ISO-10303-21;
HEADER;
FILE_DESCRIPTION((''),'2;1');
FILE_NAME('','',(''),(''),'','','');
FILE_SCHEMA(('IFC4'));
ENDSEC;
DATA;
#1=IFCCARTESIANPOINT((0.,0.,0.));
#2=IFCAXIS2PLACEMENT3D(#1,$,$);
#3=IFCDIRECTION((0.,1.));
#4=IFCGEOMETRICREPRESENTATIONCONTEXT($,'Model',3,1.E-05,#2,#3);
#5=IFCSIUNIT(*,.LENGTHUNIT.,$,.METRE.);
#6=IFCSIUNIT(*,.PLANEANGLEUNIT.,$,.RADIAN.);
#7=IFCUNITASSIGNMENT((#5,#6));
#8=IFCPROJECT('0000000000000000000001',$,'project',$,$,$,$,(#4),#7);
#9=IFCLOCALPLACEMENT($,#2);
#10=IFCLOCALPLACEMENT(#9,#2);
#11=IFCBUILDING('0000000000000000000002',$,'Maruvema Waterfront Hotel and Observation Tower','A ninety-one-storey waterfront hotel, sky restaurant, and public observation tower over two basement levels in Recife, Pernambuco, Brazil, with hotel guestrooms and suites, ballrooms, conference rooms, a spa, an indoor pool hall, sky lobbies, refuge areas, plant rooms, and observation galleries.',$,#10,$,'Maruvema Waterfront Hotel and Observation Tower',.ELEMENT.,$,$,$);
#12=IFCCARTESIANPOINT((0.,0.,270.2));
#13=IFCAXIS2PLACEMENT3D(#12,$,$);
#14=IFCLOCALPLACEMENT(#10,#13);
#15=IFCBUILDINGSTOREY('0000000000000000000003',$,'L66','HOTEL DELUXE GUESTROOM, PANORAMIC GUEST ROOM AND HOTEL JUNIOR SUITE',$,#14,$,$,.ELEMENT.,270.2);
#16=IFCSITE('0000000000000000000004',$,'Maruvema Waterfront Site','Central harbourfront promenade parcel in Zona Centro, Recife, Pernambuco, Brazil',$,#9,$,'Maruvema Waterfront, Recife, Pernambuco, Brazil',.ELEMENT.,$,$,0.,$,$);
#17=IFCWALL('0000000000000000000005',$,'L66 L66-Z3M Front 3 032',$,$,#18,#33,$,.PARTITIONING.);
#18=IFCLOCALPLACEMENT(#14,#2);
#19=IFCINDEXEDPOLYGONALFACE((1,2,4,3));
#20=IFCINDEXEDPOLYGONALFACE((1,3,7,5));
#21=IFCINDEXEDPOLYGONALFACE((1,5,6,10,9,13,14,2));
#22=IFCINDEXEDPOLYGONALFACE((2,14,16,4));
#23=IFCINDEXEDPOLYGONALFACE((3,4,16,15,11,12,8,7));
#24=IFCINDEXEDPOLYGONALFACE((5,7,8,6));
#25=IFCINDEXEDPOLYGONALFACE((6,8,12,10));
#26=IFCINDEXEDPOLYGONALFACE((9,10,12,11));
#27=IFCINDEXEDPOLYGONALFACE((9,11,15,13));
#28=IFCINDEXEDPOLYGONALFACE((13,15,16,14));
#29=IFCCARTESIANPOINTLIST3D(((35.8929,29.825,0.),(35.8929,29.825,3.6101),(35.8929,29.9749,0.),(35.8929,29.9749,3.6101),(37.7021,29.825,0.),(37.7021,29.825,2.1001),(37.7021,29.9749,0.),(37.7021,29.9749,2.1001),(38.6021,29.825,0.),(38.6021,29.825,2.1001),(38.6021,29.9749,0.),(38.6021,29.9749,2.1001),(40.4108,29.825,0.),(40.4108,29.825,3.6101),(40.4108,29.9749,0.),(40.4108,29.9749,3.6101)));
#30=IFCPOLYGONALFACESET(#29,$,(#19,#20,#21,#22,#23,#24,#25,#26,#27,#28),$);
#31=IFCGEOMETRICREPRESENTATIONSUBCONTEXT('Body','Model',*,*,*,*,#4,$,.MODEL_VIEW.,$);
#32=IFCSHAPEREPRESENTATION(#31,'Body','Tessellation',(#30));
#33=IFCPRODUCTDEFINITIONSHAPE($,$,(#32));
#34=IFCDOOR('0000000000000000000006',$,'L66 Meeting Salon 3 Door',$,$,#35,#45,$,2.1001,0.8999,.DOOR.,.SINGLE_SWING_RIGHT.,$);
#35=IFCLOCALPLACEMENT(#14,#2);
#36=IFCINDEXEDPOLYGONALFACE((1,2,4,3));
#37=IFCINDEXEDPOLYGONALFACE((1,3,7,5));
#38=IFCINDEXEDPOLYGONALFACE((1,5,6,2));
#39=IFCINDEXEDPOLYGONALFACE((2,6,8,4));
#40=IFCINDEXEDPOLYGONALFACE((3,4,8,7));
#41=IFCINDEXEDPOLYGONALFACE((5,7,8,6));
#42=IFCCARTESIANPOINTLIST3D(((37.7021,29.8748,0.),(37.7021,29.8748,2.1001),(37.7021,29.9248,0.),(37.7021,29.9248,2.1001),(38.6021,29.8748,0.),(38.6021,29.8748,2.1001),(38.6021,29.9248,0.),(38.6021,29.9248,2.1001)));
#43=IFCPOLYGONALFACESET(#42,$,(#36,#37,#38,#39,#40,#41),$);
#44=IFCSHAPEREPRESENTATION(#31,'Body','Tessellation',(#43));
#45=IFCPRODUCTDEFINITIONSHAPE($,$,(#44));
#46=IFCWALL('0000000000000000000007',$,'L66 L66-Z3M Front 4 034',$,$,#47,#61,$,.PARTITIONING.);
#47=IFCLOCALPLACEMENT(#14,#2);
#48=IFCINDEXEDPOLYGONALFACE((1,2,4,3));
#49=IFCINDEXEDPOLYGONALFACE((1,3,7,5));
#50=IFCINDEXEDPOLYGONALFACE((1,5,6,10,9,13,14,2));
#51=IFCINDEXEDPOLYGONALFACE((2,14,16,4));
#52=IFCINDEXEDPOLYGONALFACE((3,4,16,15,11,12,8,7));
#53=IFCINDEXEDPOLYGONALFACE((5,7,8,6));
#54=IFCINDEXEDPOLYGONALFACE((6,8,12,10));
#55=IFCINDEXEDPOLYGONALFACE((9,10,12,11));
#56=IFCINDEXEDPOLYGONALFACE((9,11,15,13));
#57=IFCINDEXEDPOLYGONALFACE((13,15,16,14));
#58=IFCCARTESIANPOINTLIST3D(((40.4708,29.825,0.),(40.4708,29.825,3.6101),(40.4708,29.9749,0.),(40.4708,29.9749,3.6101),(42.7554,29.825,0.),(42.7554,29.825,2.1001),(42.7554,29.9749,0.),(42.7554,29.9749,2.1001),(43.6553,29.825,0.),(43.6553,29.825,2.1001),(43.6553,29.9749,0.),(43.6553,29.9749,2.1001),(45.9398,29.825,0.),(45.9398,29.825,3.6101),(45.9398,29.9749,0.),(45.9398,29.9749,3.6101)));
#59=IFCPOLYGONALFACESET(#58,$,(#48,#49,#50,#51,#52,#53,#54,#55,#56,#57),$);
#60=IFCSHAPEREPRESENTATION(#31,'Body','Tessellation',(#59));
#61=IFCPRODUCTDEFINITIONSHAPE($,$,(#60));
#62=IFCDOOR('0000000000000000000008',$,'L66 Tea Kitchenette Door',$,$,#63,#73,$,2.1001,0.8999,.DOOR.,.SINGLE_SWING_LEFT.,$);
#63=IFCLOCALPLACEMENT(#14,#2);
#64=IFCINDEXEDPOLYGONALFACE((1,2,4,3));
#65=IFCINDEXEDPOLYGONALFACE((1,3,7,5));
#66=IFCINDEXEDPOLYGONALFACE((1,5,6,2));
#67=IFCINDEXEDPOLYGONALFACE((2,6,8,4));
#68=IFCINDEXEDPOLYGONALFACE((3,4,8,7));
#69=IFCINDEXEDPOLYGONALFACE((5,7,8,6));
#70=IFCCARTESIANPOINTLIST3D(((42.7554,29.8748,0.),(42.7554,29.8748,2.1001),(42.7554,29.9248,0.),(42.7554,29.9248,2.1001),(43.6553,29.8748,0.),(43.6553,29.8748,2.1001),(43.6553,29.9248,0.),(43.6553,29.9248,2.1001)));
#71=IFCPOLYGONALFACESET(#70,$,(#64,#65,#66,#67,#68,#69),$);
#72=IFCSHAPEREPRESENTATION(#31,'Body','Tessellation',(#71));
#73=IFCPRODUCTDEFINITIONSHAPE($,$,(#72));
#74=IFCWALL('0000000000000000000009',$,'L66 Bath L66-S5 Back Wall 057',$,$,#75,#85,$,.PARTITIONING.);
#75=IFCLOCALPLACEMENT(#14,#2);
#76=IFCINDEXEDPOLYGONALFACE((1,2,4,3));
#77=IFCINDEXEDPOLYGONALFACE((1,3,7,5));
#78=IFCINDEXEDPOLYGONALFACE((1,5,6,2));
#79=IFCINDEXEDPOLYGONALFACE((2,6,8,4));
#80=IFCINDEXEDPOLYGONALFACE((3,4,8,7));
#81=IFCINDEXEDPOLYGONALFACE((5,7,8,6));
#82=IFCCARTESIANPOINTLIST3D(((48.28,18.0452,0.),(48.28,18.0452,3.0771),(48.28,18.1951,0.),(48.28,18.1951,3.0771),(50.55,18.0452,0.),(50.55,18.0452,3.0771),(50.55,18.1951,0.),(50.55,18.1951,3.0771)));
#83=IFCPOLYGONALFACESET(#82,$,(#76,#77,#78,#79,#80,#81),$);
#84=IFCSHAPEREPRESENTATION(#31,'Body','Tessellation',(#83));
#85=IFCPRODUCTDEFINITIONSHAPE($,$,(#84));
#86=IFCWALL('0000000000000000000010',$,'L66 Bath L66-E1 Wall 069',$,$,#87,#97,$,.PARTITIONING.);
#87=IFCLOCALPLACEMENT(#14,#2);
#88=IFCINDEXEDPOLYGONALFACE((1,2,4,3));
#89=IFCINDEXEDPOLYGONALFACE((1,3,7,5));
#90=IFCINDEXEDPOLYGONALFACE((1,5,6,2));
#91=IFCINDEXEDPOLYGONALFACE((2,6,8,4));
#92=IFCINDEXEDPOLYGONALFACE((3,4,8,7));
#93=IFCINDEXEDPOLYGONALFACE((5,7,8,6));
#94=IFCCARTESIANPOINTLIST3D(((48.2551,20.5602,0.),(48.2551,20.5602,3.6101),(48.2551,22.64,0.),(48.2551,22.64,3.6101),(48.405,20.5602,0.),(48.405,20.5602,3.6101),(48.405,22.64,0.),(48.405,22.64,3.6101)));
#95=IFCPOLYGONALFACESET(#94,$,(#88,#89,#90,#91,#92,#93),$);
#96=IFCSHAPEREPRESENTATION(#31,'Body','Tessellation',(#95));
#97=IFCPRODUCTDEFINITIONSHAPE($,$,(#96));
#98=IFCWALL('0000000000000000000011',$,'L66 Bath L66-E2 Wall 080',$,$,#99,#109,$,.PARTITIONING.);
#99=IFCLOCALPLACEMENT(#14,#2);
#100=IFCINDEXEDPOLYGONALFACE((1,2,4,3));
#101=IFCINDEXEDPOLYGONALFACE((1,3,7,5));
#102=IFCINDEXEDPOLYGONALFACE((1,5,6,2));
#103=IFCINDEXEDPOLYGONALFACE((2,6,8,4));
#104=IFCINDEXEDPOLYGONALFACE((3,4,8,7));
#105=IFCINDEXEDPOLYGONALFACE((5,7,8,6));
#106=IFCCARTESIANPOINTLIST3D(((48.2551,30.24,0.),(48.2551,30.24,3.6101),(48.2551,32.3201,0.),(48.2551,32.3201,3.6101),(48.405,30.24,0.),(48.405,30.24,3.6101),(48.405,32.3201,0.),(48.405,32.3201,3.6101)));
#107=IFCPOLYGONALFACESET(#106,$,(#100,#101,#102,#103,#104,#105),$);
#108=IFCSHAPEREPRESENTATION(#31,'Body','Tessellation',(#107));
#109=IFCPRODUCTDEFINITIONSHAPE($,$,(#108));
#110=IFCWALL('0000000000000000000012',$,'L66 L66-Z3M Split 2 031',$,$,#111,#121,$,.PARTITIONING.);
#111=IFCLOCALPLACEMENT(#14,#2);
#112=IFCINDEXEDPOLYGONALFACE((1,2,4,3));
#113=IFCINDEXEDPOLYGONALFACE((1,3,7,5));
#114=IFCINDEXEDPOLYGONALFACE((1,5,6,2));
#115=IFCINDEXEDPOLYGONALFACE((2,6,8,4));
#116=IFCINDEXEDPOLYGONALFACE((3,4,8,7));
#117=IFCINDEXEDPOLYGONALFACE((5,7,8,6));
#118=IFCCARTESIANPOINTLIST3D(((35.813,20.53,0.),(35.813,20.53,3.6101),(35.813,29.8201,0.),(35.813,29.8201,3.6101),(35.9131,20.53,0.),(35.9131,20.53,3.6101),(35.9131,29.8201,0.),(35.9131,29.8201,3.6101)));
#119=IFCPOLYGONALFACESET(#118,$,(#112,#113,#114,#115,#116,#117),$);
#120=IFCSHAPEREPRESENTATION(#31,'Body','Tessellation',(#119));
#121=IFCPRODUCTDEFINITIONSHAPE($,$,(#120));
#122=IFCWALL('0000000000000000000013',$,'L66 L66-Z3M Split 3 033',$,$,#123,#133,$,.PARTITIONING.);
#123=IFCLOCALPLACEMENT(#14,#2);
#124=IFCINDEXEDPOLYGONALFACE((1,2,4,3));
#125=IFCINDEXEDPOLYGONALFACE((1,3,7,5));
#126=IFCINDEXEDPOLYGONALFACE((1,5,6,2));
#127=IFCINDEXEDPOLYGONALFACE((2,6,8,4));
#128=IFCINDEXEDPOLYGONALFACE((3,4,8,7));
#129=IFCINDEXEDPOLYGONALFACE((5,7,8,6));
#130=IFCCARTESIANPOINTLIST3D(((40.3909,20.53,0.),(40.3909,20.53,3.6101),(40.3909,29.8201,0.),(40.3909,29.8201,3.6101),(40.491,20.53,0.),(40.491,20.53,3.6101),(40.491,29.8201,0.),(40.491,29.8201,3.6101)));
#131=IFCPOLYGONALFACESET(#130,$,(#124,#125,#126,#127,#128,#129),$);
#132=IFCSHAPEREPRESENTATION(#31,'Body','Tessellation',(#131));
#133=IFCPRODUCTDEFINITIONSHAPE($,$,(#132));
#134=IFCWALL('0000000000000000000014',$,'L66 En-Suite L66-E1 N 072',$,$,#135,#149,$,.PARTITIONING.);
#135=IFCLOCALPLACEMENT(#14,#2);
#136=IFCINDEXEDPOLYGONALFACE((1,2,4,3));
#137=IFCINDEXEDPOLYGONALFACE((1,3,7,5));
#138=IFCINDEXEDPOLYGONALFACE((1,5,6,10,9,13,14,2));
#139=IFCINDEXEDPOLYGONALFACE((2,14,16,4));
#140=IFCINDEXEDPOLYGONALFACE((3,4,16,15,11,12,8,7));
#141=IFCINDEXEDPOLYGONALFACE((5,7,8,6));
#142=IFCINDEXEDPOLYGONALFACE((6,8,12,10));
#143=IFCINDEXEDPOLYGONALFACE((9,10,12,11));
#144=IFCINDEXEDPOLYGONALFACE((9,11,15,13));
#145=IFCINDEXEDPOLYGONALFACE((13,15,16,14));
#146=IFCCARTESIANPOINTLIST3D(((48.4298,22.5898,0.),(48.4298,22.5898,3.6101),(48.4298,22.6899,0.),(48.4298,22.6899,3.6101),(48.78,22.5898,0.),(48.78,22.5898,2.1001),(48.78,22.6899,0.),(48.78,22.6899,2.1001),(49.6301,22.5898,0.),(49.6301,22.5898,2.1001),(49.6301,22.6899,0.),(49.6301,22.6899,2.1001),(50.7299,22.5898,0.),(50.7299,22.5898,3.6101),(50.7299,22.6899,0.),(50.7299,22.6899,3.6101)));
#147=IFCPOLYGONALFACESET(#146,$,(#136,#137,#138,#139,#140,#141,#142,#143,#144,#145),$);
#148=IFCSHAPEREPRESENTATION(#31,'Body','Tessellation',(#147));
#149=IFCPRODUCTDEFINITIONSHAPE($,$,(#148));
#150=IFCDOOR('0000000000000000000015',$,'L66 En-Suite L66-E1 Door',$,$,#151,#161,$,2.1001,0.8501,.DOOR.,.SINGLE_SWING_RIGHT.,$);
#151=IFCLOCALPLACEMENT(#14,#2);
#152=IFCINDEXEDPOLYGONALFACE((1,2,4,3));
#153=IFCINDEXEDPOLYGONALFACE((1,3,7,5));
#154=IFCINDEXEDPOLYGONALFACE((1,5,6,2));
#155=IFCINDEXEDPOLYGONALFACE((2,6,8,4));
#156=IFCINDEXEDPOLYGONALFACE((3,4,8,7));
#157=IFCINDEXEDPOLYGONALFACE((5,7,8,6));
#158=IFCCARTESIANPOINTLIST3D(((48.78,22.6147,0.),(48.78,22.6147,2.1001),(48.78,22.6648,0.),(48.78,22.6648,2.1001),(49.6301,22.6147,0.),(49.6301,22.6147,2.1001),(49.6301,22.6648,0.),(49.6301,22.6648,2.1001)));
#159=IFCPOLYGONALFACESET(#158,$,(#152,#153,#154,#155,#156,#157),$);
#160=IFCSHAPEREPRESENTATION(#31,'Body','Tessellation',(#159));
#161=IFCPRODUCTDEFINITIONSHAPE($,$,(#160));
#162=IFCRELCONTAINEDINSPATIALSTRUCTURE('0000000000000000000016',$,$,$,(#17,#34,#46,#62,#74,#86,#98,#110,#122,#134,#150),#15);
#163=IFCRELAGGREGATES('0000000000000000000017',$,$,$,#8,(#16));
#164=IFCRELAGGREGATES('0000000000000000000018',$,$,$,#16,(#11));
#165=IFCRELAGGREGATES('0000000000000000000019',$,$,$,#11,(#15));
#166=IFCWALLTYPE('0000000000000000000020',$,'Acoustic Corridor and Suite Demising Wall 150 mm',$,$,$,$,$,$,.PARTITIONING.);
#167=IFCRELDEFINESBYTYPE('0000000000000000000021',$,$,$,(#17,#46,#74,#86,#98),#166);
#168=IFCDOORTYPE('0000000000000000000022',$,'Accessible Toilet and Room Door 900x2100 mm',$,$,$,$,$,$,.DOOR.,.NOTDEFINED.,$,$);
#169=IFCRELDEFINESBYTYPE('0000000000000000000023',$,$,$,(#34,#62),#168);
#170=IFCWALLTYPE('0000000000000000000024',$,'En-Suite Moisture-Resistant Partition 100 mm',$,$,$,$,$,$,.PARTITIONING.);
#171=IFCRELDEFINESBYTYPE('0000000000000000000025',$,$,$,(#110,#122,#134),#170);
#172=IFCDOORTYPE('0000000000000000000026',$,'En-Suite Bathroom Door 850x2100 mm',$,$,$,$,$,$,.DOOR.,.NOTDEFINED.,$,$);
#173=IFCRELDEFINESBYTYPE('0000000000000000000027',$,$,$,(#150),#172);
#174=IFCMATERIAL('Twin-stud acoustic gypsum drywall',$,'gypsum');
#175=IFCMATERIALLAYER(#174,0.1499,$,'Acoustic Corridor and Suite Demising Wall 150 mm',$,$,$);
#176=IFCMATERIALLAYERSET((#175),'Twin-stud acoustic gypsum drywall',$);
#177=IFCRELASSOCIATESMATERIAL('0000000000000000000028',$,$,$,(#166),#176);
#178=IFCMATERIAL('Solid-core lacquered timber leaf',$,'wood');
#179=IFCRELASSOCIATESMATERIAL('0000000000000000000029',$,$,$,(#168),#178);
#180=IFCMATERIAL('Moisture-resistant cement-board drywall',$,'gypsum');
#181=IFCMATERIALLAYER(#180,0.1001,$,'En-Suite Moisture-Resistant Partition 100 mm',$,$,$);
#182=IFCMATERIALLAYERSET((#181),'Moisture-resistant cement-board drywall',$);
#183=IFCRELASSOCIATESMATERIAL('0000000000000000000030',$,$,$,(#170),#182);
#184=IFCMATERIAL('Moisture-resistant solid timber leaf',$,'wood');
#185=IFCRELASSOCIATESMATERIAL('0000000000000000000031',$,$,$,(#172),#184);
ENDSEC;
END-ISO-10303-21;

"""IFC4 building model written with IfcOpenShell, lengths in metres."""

from ifc_helpers import new_model, si_unit, direction, frame, frame_2d, origin, place, context, subcontext, project, spatial, rectangle, extrude, material, layer, layer_set, type_object, element, fill, save


model = new_model("IFC4")

# Units and contexts
model_context = context("Model", 3, precision=1e-05, world=origin(), true_north=direction((0.0, 1.0)))
body_context = subcontext(model_context, "Body", "Model", "MODEL_VIEW")
ifc_project = project(units=[si_unit("LENGTHUNIT", "METRE"), si_unit("PLANEANGLEUNIT", "RADIAN")], contexts=[model_context])

# Site, building, storey
site_placement = place(None, origin())
site = spatial("IfcSite", under=ifc_project, at=site_placement, Name="Maruvema Waterfront Site", Description="Central harbourfront promenade parcel in Zona Centro, Recife, Pernambuco, Brazil", LongName="Maruvema Waterfront, Recife, Pernambuco, Brazil", CompositionType="ELEMENT", RefElevation=0.0)
building_placement = place(site_placement, origin())
building = spatial("IfcBuilding", under=site, at=building_placement, Name="Maruvema Waterfront Hotel and Observation Tower", Description="A ninety-one-storey waterfront hotel, sky restaurant, and public observation tower over two basement levels in Recife, Pernambuco, Brazil, with hotel guestrooms and suites, ballrooms, conference rooms, a spa, an indoor pool hall, sky lobbies, refuge areas, plant rooms, and observation galleries.", LongName="Maruvema Waterfront Hotel and Observation Tower", CompositionType="ELEMENT")
storey_placement = place(building_placement, frame((0.0, 0.0, 270.2)))
storey = spatial("IfcBuildingStorey", under=building, at=storey_placement, Name="L66", Description="HOTEL DELUXE GUESTROOM, PANORAMIC GUEST ROOM AND HOTEL JUNIOR SUITE", CompositionType="ELEMENT", Elevation=270.2)

# Shared definitions
ifc_material_1 = material(Name="Twin-stud acoustic gypsum drywall", Category="gypsum")
ifc_layer_1 = layer(ifc_material_1, 0.1499, Name="Acoustic Corridor and Suite Demising Wall 150 mm")
ifc_layer_set_1 = layer_set([ifc_layer_1], Name="Twin-stud acoustic gypsum drywall")
wall_type_1 = type_object("IfcWallType", Name="Acoustic Corridor and Suite Demising Wall 150 mm", PredefinedType="PARTITIONING", material=ifc_layer_set_1)

# Walls, openings, doors
wall_1_placement = place(storey_placement, frame((35.8931, 29.8999, 0.0), z_axis=(0.0, 0.0, 1.0), x_axis=(1.0, 0.0, 0.0)))
wall_1 = element("IfcWall", 1, at=wall_1_placement, inside=storey, type_object=wall_type_1, Name="L66 L66-Z3M Front 3 032", PredefinedType="PARTITIONING", context=body_context, shape_type="SweptSolid", body=[
    extrude(rectangle(XDim=4.5178, YDim=0.1499, at=frame_2d((2.2588, 0.0))), origin(), (0.0, 0.0, 1.0), 3.6101),
])
opening_1_placement = place(wall_1_placement, frame((1.8091, 0.0, 0.0)))
opening_1 = element("IfcOpeningElement", 2, at=opening_1_placement, cuts=wall_1, PredefinedType="OPENING", context=body_context, shape_type="SweptSolid", body=[
    extrude(rectangle(XDim=0.8999, YDim=2.1001, at=frame_2d((0.45, 1.05))), frame((0.0, 0.085, 0.0), z_axis=(0.0, -1.0, 0.0), x_axis=(1.0, 0.0, 0.0)), (0.0, 0.0, 1.0), 0.1699),
])
ifc_material_2 = material(Name="Solid-core lacquered timber leaf", Category="wood")
door_type_1 = type_object("IfcDoorType", Name="Accessible Toilet and Room Door 900x2100 mm", OperationType="NOTDEFINED", PredefinedType="DOOR", material=ifc_material_2)
door_1_placement = place(opening_1_placement, origin())
door_1 = element("IfcDoor", 3, at=door_1_placement, inside=storey, type_object=door_type_1, Name="L66 Meeting Salon 3 Door", OperationType="SINGLE_SWING_RIGHT", OverallHeight=2.1001, OverallWidth=0.8999, PredefinedType="DOOR", context=body_context, shape_type="SweptSolid", body=[
    extrude(rectangle(XDim=0.8999, YDim=2.1001, at=frame_2d((0.45, 1.05))), frame((0.0, 0.0249, 0.0), z_axis=(0.0, -1.0, 0.0), x_axis=(1.0, 0.0, 0.0)), (0.0, 0.0, 1.0), 0.05),
])
fill(opening_1, door_1)
wall_2_placement = place(storey_placement, frame((40.4709, 29.8999, 0.0), z_axis=(0.0, 0.0, 1.0), x_axis=(1.0, 0.0, 0.0)))
wall_2 = element("IfcWall", 4, at=wall_2_placement, inside=storey, type_object=wall_type_1, Name="L66 L66-Z3M Front 4 034", PredefinedType="PARTITIONING", context=body_context, shape_type="SweptSolid", body=[
    extrude(rectangle(XDim=5.469, YDim=0.1499, at=frame_2d((2.7344, 0.0))), origin(), (0.0, 0.0, 1.0), 3.6101),
])
opening_2_placement = place(wall_2_placement, frame((2.2844, 0.0, 0.0)))
opening_2 = element("IfcOpeningElement", 5, at=opening_2_placement, cuts=wall_2, PredefinedType="OPENING", context=body_context, shape_type="SweptSolid", body=[
    extrude(rectangle(XDim=0.8999, YDim=2.1001, at=frame_2d((0.45, 1.05))), frame((0.0, 0.085, 0.0), z_axis=(0.0, -1.0, 0.0), x_axis=(1.0, 0.0, 0.0)), (0.0, 0.0, 1.0), 0.1699),
])
door_2_placement = place(opening_2_placement, origin())
door_2 = element("IfcDoor", 6, at=door_2_placement, inside=storey, type_object=door_type_1, Name="L66 Tea Kitchenette Door", OperationType="SINGLE_SWING_LEFT", OverallHeight=2.1001, OverallWidth=0.8999, PredefinedType="DOOR", context=body_context, shape_type="SweptSolid", body=[
    extrude(rectangle(XDim=0.8999, YDim=2.1001, at=frame_2d((0.45, 1.05))), frame((0.0, 0.0249, 0.0), z_axis=(0.0, -1.0, 0.0), x_axis=(1.0, 0.0, 0.0)), (0.0, 0.0, 1.0), 0.05),
])
fill(opening_2, door_2)

# Wall
wall_3_placement = place(storey_placement, frame((48.28, 18.1201, 0.0), z_axis=(0.0, 0.0, 1.0), x_axis=(1.0, 0.0, 0.0)))
element("IfcWall", 7, at=wall_3_placement, inside=storey, type_object=wall_type_1, Name="L66 Bath L66-S5 Back Wall 057", PredefinedType="PARTITIONING", context=body_context, shape_type="SweptSolid", body=[
    extrude(rectangle(XDim=2.27, YDim=0.1499, at=frame_2d((1.135, 0.0))), origin(), (0.0, 0.0, 1.0), 3.0771),
])

# Wall
wall_4_placement = place(storey_placement, frame((48.3301, 20.5601, 0.0), z_axis=(0.0, 0.0, 1.0), x_axis=(0.0, 1.0, 0.0)))
element("IfcWall", 8, at=wall_4_placement, inside=storey, type_object=wall_type_1, Name="L66 Bath L66-E1 Wall 069", PredefinedType="PARTITIONING", context=body_context, shape_type="SweptSolid", body=[
    extrude(rectangle(XDim=2.0798, YDim=0.1499, at=frame_2d((1.04, 0.0))), origin(), (0.0, 0.0, 1.0), 3.6101),
])

# Walls
wall_5_placement = place(storey_placement, frame((48.3301, 30.24, 0.0), z_axis=(0.0, 0.0, 1.0), x_axis=(0.0, 1.0, 0.0)))
element("IfcWall", 9, at=wall_5_placement, inside=storey, type_object=wall_type_1, Name="L66 Bath L66-E2 Wall 080", PredefinedType="PARTITIONING", context=body_context, shape_type="SweptSolid", body=[
    extrude(rectangle(XDim=2.0801, YDim=0.1499, at=frame_2d((1.04, 0.0))), origin(), (0.0, 0.0, 1.0), 3.6101),
])
ifc_material_3 = material(Name="Moisture-resistant cement-board drywall", Category="gypsum")
ifc_layer_2 = layer(ifc_material_3, 0.1001, Name="En-Suite Moisture-Resistant Partition 100 mm")
ifc_layer_set_2 = layer_set([ifc_layer_2], Name="Moisture-resistant cement-board drywall")
wall_type_2 = type_object("IfcWallType", Name="En-Suite Moisture-Resistant Partition 100 mm", PredefinedType="PARTITIONING", material=ifc_layer_set_2)
for number, where, z_axis, x_axis, name in (
    (10, (35.863, 20.53, 0.0), (0.0, 0.0, 1.0), (0.0, 1.0, 0.0), "L66 L66-Z3M Split 2 031"),
    (11, (40.4409, 20.53, 0.0), (0.0, 0.0, 1.0), (0.0, 1.0, 0.0), "L66 L66-Z3M Split 3 033"),
):
    element("IfcWall", number, at=place(storey_placement, frame(where, z_axis=z_axis, x_axis=x_axis)), inside=storey, type_object=wall_type_2, Name=name, PredefinedType="PARTITIONING", context=body_context, shape_type="SweptSolid", body=[
        extrude(rectangle(XDim=9.29, YDim=0.1001, at=frame_2d((4.645, 0.0))), origin(), (0.0, 0.0, 1.0), 3.6101),
    ])

# Wall, opening, door
wall_6_placement = place(storey_placement, frame((48.4299, 22.6399, 0.0), z_axis=(0.0, 0.0, 1.0), x_axis=(1.0, 0.0, 0.0)))
wall_6 = element("IfcWall", 12, at=wall_6_placement, inside=storey, type_object=wall_type_2, Name="L66 En-Suite L66-E1 N 072", PredefinedType="PARTITIONING", context=body_context, shape_type="SweptSolid", body=[
    extrude(rectangle(XDim=2.3, YDim=0.1001, at=frame_2d((1.1499, 0.0))), origin(), (0.0, 0.0, 1.0), 3.6101),
])
opening_3_placement = place(wall_6_placement, frame((0.3501, 0.0, 0.0)))
opening_3 = element("IfcOpeningElement", 13, at=opening_3_placement, cuts=wall_6, PredefinedType="OPENING", context=body_context, shape_type="SweptSolid", body=[
    extrude(rectangle(XDim=0.8501, YDim=2.1001, at=frame_2d((0.425, 1.05))), frame((0.0, 0.0601, 0.0), z_axis=(0.0, -1.0, 0.0), x_axis=(1.0, 0.0, 0.0)), (0.0, 0.0, 1.0), 0.1201),
])
ifc_material_4 = material(Name="Moisture-resistant solid timber leaf", Category="wood")
door_type_2 = type_object("IfcDoorType", Name="En-Suite Bathroom Door 850x2100 mm", OperationType="NOTDEFINED", PredefinedType="DOOR", material=ifc_material_4)
door_3_placement = place(opening_3_placement, origin())
door_3 = element("IfcDoor", 14, at=door_3_placement, inside=storey, type_object=door_type_2, Name="L66 En-Suite L66-E1 Door", OperationType="SINGLE_SWING_RIGHT", OverallHeight=2.1001, OverallWidth=0.8501, PredefinedType="DOOR", context=body_context, shape_type="SweptSolid", body=[
    extrude(rectangle(XDim=0.8501, YDim=2.1001, at=frame_2d((0.425, 1.05))), frame((0.0, 0.0249, 0.0), z_axis=(0.0, -1.0, 0.0), x_axis=(1.0, 0.0, 0.0)), (0.0, 0.0, 1.0), 0.05),
])
fill(opening_3, door_3)

save(model, "model.ifc")
